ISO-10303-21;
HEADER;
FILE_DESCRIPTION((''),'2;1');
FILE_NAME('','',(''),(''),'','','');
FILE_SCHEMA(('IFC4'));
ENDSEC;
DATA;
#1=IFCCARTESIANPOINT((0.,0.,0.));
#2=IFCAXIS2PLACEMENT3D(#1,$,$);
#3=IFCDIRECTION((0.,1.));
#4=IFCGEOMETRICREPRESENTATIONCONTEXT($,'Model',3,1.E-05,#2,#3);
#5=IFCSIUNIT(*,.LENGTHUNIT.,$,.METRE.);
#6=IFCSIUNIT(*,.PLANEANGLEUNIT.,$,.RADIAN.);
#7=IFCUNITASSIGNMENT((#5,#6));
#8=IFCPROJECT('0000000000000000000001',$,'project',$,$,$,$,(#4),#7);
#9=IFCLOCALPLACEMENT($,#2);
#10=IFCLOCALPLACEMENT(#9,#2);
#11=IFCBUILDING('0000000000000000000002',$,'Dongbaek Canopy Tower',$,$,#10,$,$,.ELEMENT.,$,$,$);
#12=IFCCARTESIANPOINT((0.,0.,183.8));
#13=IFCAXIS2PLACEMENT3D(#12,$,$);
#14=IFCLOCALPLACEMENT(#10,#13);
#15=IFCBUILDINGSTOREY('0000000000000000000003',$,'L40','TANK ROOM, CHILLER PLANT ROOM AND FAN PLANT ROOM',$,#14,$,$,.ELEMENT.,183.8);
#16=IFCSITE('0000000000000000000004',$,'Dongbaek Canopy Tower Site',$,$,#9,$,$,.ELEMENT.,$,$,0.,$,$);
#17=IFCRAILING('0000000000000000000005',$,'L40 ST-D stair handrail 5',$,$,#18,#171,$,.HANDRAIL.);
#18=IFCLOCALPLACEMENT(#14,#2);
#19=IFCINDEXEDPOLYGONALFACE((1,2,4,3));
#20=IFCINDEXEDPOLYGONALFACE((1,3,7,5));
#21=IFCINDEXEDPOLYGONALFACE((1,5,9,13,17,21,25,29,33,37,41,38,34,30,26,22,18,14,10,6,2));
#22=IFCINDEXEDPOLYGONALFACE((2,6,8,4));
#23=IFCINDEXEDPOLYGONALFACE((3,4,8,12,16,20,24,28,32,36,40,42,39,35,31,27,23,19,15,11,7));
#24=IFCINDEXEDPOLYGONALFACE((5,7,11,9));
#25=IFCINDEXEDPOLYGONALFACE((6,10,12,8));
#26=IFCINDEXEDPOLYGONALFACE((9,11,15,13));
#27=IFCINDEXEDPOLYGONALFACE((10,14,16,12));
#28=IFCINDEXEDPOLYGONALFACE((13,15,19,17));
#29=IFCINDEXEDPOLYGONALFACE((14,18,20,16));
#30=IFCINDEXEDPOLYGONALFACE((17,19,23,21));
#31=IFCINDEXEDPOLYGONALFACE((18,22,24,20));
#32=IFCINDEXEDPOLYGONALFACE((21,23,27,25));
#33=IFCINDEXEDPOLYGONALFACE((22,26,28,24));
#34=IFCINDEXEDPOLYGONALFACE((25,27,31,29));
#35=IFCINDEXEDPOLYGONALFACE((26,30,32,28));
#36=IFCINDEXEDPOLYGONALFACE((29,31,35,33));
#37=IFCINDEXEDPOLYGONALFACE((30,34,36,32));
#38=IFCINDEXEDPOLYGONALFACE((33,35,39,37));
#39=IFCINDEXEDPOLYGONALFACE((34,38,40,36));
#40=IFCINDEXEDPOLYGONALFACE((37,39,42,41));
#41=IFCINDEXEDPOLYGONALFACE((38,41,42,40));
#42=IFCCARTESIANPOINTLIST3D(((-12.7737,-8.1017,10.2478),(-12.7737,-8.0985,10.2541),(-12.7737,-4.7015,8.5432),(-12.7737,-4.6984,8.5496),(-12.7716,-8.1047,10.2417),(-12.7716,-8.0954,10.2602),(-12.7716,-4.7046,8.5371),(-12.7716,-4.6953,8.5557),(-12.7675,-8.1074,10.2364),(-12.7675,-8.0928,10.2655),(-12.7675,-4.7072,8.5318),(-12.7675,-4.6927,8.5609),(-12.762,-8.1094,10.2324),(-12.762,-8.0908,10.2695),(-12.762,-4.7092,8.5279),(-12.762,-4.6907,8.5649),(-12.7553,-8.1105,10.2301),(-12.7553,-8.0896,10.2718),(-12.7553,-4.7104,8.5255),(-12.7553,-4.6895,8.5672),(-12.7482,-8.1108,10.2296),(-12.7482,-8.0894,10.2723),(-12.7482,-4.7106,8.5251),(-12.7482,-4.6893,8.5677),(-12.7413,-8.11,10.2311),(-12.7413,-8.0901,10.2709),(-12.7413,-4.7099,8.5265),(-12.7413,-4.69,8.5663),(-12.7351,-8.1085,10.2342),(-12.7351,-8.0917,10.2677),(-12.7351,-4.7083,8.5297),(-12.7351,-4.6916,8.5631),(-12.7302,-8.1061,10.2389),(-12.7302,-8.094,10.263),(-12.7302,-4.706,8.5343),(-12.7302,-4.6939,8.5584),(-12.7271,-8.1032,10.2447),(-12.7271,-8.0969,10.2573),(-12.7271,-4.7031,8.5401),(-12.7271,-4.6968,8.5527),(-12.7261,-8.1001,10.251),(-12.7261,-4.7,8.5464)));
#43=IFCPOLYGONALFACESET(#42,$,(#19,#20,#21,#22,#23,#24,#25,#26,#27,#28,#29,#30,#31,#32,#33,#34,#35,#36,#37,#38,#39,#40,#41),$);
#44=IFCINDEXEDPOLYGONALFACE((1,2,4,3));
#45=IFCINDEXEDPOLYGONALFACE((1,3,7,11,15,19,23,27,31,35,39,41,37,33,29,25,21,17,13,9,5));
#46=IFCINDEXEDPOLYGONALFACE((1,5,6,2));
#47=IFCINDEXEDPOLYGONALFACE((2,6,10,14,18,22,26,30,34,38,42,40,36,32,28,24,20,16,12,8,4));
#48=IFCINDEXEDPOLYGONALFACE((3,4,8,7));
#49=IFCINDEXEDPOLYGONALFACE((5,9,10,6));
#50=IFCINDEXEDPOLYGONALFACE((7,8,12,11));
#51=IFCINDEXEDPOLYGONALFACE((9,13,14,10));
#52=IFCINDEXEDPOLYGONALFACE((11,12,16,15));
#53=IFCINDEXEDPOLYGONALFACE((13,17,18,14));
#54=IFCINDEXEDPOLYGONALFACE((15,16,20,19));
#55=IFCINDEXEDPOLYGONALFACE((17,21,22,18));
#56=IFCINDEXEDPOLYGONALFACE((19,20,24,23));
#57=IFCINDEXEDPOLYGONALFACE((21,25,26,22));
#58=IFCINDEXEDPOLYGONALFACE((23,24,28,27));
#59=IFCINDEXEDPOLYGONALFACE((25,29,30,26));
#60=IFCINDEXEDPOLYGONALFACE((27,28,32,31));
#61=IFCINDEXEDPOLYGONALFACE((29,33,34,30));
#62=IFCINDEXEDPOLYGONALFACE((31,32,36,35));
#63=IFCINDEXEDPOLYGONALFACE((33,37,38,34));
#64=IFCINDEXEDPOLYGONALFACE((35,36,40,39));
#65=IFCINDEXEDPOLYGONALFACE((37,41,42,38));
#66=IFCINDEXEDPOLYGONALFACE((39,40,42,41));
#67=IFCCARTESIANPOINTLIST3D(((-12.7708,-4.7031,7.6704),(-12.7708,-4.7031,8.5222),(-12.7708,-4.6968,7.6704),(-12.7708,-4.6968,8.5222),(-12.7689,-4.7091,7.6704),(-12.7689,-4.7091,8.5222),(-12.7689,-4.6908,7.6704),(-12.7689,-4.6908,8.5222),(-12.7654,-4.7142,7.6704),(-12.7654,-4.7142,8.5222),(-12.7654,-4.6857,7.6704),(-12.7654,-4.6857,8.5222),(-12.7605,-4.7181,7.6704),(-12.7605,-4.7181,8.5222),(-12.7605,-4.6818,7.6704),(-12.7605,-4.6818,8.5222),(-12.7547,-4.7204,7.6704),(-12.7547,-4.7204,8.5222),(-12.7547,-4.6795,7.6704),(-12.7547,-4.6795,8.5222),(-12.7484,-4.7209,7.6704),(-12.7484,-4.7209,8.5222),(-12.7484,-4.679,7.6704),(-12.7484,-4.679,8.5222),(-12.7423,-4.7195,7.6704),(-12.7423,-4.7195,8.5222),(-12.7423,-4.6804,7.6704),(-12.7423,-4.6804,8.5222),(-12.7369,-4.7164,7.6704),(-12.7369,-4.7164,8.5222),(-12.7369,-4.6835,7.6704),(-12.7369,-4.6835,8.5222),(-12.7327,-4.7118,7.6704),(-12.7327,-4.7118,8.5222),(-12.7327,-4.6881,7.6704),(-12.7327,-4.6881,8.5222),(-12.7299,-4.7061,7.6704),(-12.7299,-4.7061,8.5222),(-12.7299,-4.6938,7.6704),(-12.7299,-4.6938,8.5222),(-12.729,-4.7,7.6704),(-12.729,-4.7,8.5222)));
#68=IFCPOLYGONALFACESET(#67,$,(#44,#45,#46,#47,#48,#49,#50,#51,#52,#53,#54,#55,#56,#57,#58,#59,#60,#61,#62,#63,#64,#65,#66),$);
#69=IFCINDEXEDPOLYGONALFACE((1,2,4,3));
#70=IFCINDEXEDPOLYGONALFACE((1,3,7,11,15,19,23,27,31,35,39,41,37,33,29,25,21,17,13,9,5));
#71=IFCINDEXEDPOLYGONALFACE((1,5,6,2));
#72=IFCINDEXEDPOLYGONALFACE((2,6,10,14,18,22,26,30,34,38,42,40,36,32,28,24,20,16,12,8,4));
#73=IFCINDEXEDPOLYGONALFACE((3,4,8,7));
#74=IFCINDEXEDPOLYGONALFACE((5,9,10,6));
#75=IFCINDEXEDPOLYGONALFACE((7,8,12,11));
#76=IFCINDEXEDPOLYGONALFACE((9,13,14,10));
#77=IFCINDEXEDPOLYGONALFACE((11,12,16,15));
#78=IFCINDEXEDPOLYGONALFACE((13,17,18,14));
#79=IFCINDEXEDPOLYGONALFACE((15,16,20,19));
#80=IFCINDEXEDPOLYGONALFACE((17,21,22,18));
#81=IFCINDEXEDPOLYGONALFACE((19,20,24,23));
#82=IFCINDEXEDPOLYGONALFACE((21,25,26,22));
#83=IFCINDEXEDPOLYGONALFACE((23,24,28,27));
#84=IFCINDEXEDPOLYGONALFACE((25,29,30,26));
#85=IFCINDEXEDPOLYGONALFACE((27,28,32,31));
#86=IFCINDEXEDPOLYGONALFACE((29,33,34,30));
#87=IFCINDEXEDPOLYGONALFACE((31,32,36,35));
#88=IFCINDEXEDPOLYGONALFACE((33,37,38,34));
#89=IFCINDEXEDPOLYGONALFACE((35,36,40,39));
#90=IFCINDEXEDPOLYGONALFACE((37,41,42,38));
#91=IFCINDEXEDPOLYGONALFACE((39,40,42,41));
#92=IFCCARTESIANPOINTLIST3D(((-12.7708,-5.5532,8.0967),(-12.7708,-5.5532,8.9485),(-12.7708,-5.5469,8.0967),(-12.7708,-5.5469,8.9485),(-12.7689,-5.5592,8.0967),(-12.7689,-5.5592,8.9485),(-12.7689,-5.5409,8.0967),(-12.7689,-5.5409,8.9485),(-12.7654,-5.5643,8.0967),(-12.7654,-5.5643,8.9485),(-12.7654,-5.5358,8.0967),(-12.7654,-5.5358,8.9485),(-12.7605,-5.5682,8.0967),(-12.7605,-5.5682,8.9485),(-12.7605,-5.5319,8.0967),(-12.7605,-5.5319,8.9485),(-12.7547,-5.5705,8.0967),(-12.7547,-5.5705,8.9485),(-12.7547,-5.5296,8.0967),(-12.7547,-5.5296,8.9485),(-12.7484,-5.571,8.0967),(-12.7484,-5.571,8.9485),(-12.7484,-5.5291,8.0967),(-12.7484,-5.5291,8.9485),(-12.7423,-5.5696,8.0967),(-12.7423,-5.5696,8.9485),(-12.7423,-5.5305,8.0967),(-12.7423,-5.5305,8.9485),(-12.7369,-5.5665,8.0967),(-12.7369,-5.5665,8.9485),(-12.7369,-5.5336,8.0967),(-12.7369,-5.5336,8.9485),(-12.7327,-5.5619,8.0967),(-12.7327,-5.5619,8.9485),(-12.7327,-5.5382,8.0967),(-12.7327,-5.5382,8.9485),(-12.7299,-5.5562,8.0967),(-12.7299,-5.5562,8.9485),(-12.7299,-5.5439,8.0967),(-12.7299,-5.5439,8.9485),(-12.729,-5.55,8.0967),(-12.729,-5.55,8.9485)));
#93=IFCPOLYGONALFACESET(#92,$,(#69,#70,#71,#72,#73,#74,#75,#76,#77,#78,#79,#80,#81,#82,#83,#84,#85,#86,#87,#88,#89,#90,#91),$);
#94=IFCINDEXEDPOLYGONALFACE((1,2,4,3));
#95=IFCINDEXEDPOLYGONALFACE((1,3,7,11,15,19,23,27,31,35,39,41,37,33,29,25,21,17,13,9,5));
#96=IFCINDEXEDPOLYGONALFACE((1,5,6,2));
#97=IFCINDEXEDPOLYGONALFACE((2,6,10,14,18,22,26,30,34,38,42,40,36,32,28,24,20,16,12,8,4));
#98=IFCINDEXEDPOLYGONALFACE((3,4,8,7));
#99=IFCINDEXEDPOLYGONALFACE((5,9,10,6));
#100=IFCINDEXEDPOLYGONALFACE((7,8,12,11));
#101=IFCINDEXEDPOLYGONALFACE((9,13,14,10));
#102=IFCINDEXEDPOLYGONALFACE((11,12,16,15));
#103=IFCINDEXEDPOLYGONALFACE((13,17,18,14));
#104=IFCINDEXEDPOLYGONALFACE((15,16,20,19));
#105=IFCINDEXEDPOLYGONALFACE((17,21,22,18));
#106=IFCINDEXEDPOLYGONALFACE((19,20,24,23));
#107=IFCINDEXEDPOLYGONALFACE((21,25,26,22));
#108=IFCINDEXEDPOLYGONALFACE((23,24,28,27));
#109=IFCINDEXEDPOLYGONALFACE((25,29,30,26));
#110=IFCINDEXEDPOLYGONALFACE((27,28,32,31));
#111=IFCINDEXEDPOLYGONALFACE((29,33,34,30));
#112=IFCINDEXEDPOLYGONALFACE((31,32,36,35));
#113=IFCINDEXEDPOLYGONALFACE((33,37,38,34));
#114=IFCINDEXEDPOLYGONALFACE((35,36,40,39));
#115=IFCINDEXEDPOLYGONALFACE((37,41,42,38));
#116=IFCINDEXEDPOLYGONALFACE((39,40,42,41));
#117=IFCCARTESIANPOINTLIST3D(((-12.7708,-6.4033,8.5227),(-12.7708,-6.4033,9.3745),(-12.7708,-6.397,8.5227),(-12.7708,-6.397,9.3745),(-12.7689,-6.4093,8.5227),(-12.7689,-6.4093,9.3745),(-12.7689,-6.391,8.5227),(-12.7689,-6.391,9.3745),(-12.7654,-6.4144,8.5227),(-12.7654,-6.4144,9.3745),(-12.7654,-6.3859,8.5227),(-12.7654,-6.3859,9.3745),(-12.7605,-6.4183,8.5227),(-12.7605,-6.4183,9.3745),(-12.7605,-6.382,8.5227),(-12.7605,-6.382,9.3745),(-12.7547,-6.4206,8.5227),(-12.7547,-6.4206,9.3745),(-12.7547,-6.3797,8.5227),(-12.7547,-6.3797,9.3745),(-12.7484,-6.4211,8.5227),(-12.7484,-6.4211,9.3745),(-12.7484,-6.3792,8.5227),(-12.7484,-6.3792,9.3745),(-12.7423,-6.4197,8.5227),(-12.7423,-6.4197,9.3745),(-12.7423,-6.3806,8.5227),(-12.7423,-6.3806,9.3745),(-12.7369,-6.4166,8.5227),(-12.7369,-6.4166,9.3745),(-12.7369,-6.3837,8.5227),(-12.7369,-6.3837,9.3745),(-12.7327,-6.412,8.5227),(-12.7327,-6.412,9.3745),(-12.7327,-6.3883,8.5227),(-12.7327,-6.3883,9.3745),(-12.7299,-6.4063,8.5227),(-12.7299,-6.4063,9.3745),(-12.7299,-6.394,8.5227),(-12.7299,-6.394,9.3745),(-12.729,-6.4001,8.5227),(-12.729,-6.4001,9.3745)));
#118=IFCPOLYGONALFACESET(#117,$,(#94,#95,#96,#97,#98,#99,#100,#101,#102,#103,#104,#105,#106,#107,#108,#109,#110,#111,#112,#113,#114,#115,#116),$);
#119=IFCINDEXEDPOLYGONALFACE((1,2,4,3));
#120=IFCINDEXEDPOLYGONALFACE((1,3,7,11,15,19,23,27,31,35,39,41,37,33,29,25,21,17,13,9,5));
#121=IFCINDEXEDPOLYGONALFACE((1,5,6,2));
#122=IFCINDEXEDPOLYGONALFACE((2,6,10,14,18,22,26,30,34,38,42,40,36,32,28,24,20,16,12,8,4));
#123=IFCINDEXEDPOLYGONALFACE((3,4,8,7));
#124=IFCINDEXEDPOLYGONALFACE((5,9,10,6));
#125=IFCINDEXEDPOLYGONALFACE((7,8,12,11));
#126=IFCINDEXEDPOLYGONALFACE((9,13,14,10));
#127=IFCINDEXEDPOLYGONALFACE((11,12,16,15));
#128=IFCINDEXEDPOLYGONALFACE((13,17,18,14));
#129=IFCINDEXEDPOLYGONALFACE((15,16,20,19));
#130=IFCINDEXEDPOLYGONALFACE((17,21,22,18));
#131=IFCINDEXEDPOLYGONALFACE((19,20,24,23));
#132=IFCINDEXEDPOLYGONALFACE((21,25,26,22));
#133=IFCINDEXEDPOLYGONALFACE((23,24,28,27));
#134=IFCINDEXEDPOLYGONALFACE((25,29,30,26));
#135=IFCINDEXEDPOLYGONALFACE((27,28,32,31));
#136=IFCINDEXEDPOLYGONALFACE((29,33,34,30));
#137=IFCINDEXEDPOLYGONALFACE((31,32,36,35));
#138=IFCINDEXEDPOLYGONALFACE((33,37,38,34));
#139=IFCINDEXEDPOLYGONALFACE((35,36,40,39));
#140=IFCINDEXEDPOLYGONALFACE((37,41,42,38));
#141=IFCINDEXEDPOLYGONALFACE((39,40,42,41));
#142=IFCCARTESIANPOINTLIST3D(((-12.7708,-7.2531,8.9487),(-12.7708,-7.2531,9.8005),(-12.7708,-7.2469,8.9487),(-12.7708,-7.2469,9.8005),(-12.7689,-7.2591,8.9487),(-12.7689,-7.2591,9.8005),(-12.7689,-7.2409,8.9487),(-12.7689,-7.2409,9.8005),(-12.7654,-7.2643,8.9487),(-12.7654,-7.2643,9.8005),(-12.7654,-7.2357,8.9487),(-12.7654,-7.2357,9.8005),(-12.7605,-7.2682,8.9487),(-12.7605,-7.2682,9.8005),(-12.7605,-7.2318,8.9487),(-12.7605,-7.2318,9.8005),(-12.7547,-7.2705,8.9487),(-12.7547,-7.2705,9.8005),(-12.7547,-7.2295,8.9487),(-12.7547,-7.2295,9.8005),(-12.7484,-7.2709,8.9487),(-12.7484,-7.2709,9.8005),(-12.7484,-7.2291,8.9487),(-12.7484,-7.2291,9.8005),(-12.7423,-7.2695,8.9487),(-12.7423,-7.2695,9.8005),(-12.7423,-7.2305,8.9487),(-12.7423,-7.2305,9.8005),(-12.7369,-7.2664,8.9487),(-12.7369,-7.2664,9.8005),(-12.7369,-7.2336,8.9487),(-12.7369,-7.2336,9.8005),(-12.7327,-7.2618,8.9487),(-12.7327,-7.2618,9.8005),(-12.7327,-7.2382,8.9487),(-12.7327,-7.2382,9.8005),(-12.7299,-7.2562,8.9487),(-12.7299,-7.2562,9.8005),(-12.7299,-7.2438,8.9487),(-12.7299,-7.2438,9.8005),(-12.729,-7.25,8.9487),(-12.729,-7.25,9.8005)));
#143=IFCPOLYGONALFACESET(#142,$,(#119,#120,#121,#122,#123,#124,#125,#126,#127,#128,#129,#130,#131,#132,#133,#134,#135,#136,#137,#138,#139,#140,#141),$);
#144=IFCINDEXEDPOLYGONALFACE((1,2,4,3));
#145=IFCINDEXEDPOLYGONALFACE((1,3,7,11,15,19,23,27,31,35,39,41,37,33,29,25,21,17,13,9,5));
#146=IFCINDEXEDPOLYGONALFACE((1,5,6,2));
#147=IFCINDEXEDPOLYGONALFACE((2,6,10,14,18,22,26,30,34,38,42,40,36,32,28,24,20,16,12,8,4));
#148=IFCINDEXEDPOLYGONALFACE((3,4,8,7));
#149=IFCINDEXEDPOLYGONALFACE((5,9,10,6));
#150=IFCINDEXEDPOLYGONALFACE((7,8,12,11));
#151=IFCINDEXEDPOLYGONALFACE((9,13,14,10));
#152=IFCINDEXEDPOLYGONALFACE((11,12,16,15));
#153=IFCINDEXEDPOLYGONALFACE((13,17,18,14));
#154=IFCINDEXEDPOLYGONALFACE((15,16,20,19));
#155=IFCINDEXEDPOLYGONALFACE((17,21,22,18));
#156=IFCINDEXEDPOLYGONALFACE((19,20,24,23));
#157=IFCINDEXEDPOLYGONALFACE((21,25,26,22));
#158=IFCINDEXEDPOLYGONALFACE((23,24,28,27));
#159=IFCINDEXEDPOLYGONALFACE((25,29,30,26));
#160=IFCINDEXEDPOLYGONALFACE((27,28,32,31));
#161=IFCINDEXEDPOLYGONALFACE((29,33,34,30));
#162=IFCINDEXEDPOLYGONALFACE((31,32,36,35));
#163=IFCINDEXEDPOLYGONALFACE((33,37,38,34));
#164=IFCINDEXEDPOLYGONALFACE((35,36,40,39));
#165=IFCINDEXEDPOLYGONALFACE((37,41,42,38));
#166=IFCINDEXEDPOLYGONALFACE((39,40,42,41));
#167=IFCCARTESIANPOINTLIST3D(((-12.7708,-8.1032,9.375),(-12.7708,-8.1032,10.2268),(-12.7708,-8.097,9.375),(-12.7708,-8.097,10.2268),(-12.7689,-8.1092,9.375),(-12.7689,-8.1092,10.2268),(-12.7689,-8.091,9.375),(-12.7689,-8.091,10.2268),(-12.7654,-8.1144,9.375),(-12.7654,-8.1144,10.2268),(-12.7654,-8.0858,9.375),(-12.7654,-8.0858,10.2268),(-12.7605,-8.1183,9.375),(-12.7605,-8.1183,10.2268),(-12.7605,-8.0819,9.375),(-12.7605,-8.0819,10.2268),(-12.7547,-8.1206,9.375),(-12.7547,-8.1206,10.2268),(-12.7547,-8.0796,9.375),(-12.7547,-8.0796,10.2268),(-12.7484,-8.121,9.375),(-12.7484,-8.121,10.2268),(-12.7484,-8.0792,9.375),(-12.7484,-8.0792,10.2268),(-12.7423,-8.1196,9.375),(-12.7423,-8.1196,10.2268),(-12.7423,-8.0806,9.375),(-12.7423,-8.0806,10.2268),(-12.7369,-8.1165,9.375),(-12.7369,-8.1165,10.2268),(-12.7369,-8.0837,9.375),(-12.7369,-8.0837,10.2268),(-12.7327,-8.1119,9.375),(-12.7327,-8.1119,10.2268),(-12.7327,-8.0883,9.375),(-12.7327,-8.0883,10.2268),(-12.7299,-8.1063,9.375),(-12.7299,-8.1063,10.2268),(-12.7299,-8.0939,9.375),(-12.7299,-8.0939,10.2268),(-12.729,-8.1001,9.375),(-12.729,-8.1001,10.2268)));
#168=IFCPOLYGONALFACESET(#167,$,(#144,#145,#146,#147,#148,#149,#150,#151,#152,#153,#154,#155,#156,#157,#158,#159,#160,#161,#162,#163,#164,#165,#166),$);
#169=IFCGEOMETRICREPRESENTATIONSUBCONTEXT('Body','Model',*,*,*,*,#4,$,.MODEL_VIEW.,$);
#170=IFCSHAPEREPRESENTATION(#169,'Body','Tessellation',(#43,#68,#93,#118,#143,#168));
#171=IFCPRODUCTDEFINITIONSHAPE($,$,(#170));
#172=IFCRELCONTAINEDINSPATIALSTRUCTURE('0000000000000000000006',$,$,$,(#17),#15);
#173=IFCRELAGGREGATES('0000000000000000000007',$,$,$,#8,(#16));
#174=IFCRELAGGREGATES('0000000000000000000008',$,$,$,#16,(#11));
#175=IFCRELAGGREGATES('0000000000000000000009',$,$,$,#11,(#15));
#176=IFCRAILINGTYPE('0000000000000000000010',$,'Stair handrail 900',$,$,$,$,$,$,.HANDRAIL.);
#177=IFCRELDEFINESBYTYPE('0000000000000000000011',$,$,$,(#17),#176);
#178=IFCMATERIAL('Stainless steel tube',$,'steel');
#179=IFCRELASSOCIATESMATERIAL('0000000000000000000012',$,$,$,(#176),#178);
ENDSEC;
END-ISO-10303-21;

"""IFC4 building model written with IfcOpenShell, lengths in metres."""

from ifc_helpers import new_model, si_unit, direction, frame, origin, origin_2d, place, context, subcontext, project, spatial, circle, extrude, material, type_object, element, save


model = new_model("IFC4")

# Units and contexts
model_context = context("Model", 3, precision=1e-05, world=origin(), true_north=direction((0.0, 1.0)))
body_context = subcontext(model_context, "Body", "Model", "MODEL_VIEW")
ifc_project = project(units=[si_unit("LENGTHUNIT", "METRE"), si_unit("PLANEANGLEUNIT", "RADIAN")], contexts=[model_context])

# Site, building, storey
site_placement = place(None, origin())
site = spatial("IfcSite", under=ifc_project, at=site_placement, Name="Dongbaek Canopy Tower Site", CompositionType="ELEMENT", RefElevation=0.0)
building_placement = place(site_placement, origin())
building = spatial("IfcBuilding", under=site, at=building_placement, Name="Dongbaek Canopy Tower", CompositionType="ELEMENT")
storey_placement = place(building_placement, frame((0.0, 0.0, 183.8)))
storey = spatial("IfcBuildingStorey", under=building, at=storey_placement, Name="L40", Description="TANK ROOM, CHILLER PLANT ROOM AND FAN PLANT ROOM", CompositionType="ELEMENT", Elevation=183.8)

# Railing
ifc_material_1 = material(Name="Stainless steel tube", Category="steel")
railing_type_1 = type_object("IfcRailingType", Name="Stair handrail 900", PredefinedType="HANDRAIL", material=ifc_material_1)
for number, where, name in (
    (1, (-12.75, -4.7, 7.6704), "L40 ST-D stair handrail 5"),
):
    element("IfcRailing", number, at=place(storey_placement, frame(where)), inside=storey, type_object=railing_type_1, Name=name, PredefinedType="HANDRAIL", context=body_context, shape_type="SweptSolid", body=[
        extrude(circle(Radius=0.0239, at=origin_2d()), frame((0.0, 0.0, 0.876), z_axis=(0.0, -0.893952, 0.448163), x_axis=(1.0, 0.0, 0.0)), (0.0, 0.0, 1.0), 3.8035),
        extrude(circle(Radius=0.021, at=origin_2d()), origin(), (0.0, 0.0, 1.0), 0.8518),
        extrude(circle(Radius=0.021, at=origin_2d()), frame((0.0, -0.8501, 0.4263)), (0.0, 0.0, 1.0), 0.8518),
        extrude(circle(Radius=0.021, at=origin_2d()), frame((0.0, -1.7002, 0.8523)), (0.0, 0.0, 1.0), 0.8518),
        extrude(circle(Radius=0.021, at=origin_2d()), frame((0.0, -2.55, 1.2783)), (0.0, 0.0, 1.0), 0.8518),
        extrude(circle(Radius=0.021, at=origin_2d()), frame((0.0, -3.4001, 1.7046)), (0.0, 0.0, 1.0), 0.8518),
    ])

save(model, "model.ifc")
